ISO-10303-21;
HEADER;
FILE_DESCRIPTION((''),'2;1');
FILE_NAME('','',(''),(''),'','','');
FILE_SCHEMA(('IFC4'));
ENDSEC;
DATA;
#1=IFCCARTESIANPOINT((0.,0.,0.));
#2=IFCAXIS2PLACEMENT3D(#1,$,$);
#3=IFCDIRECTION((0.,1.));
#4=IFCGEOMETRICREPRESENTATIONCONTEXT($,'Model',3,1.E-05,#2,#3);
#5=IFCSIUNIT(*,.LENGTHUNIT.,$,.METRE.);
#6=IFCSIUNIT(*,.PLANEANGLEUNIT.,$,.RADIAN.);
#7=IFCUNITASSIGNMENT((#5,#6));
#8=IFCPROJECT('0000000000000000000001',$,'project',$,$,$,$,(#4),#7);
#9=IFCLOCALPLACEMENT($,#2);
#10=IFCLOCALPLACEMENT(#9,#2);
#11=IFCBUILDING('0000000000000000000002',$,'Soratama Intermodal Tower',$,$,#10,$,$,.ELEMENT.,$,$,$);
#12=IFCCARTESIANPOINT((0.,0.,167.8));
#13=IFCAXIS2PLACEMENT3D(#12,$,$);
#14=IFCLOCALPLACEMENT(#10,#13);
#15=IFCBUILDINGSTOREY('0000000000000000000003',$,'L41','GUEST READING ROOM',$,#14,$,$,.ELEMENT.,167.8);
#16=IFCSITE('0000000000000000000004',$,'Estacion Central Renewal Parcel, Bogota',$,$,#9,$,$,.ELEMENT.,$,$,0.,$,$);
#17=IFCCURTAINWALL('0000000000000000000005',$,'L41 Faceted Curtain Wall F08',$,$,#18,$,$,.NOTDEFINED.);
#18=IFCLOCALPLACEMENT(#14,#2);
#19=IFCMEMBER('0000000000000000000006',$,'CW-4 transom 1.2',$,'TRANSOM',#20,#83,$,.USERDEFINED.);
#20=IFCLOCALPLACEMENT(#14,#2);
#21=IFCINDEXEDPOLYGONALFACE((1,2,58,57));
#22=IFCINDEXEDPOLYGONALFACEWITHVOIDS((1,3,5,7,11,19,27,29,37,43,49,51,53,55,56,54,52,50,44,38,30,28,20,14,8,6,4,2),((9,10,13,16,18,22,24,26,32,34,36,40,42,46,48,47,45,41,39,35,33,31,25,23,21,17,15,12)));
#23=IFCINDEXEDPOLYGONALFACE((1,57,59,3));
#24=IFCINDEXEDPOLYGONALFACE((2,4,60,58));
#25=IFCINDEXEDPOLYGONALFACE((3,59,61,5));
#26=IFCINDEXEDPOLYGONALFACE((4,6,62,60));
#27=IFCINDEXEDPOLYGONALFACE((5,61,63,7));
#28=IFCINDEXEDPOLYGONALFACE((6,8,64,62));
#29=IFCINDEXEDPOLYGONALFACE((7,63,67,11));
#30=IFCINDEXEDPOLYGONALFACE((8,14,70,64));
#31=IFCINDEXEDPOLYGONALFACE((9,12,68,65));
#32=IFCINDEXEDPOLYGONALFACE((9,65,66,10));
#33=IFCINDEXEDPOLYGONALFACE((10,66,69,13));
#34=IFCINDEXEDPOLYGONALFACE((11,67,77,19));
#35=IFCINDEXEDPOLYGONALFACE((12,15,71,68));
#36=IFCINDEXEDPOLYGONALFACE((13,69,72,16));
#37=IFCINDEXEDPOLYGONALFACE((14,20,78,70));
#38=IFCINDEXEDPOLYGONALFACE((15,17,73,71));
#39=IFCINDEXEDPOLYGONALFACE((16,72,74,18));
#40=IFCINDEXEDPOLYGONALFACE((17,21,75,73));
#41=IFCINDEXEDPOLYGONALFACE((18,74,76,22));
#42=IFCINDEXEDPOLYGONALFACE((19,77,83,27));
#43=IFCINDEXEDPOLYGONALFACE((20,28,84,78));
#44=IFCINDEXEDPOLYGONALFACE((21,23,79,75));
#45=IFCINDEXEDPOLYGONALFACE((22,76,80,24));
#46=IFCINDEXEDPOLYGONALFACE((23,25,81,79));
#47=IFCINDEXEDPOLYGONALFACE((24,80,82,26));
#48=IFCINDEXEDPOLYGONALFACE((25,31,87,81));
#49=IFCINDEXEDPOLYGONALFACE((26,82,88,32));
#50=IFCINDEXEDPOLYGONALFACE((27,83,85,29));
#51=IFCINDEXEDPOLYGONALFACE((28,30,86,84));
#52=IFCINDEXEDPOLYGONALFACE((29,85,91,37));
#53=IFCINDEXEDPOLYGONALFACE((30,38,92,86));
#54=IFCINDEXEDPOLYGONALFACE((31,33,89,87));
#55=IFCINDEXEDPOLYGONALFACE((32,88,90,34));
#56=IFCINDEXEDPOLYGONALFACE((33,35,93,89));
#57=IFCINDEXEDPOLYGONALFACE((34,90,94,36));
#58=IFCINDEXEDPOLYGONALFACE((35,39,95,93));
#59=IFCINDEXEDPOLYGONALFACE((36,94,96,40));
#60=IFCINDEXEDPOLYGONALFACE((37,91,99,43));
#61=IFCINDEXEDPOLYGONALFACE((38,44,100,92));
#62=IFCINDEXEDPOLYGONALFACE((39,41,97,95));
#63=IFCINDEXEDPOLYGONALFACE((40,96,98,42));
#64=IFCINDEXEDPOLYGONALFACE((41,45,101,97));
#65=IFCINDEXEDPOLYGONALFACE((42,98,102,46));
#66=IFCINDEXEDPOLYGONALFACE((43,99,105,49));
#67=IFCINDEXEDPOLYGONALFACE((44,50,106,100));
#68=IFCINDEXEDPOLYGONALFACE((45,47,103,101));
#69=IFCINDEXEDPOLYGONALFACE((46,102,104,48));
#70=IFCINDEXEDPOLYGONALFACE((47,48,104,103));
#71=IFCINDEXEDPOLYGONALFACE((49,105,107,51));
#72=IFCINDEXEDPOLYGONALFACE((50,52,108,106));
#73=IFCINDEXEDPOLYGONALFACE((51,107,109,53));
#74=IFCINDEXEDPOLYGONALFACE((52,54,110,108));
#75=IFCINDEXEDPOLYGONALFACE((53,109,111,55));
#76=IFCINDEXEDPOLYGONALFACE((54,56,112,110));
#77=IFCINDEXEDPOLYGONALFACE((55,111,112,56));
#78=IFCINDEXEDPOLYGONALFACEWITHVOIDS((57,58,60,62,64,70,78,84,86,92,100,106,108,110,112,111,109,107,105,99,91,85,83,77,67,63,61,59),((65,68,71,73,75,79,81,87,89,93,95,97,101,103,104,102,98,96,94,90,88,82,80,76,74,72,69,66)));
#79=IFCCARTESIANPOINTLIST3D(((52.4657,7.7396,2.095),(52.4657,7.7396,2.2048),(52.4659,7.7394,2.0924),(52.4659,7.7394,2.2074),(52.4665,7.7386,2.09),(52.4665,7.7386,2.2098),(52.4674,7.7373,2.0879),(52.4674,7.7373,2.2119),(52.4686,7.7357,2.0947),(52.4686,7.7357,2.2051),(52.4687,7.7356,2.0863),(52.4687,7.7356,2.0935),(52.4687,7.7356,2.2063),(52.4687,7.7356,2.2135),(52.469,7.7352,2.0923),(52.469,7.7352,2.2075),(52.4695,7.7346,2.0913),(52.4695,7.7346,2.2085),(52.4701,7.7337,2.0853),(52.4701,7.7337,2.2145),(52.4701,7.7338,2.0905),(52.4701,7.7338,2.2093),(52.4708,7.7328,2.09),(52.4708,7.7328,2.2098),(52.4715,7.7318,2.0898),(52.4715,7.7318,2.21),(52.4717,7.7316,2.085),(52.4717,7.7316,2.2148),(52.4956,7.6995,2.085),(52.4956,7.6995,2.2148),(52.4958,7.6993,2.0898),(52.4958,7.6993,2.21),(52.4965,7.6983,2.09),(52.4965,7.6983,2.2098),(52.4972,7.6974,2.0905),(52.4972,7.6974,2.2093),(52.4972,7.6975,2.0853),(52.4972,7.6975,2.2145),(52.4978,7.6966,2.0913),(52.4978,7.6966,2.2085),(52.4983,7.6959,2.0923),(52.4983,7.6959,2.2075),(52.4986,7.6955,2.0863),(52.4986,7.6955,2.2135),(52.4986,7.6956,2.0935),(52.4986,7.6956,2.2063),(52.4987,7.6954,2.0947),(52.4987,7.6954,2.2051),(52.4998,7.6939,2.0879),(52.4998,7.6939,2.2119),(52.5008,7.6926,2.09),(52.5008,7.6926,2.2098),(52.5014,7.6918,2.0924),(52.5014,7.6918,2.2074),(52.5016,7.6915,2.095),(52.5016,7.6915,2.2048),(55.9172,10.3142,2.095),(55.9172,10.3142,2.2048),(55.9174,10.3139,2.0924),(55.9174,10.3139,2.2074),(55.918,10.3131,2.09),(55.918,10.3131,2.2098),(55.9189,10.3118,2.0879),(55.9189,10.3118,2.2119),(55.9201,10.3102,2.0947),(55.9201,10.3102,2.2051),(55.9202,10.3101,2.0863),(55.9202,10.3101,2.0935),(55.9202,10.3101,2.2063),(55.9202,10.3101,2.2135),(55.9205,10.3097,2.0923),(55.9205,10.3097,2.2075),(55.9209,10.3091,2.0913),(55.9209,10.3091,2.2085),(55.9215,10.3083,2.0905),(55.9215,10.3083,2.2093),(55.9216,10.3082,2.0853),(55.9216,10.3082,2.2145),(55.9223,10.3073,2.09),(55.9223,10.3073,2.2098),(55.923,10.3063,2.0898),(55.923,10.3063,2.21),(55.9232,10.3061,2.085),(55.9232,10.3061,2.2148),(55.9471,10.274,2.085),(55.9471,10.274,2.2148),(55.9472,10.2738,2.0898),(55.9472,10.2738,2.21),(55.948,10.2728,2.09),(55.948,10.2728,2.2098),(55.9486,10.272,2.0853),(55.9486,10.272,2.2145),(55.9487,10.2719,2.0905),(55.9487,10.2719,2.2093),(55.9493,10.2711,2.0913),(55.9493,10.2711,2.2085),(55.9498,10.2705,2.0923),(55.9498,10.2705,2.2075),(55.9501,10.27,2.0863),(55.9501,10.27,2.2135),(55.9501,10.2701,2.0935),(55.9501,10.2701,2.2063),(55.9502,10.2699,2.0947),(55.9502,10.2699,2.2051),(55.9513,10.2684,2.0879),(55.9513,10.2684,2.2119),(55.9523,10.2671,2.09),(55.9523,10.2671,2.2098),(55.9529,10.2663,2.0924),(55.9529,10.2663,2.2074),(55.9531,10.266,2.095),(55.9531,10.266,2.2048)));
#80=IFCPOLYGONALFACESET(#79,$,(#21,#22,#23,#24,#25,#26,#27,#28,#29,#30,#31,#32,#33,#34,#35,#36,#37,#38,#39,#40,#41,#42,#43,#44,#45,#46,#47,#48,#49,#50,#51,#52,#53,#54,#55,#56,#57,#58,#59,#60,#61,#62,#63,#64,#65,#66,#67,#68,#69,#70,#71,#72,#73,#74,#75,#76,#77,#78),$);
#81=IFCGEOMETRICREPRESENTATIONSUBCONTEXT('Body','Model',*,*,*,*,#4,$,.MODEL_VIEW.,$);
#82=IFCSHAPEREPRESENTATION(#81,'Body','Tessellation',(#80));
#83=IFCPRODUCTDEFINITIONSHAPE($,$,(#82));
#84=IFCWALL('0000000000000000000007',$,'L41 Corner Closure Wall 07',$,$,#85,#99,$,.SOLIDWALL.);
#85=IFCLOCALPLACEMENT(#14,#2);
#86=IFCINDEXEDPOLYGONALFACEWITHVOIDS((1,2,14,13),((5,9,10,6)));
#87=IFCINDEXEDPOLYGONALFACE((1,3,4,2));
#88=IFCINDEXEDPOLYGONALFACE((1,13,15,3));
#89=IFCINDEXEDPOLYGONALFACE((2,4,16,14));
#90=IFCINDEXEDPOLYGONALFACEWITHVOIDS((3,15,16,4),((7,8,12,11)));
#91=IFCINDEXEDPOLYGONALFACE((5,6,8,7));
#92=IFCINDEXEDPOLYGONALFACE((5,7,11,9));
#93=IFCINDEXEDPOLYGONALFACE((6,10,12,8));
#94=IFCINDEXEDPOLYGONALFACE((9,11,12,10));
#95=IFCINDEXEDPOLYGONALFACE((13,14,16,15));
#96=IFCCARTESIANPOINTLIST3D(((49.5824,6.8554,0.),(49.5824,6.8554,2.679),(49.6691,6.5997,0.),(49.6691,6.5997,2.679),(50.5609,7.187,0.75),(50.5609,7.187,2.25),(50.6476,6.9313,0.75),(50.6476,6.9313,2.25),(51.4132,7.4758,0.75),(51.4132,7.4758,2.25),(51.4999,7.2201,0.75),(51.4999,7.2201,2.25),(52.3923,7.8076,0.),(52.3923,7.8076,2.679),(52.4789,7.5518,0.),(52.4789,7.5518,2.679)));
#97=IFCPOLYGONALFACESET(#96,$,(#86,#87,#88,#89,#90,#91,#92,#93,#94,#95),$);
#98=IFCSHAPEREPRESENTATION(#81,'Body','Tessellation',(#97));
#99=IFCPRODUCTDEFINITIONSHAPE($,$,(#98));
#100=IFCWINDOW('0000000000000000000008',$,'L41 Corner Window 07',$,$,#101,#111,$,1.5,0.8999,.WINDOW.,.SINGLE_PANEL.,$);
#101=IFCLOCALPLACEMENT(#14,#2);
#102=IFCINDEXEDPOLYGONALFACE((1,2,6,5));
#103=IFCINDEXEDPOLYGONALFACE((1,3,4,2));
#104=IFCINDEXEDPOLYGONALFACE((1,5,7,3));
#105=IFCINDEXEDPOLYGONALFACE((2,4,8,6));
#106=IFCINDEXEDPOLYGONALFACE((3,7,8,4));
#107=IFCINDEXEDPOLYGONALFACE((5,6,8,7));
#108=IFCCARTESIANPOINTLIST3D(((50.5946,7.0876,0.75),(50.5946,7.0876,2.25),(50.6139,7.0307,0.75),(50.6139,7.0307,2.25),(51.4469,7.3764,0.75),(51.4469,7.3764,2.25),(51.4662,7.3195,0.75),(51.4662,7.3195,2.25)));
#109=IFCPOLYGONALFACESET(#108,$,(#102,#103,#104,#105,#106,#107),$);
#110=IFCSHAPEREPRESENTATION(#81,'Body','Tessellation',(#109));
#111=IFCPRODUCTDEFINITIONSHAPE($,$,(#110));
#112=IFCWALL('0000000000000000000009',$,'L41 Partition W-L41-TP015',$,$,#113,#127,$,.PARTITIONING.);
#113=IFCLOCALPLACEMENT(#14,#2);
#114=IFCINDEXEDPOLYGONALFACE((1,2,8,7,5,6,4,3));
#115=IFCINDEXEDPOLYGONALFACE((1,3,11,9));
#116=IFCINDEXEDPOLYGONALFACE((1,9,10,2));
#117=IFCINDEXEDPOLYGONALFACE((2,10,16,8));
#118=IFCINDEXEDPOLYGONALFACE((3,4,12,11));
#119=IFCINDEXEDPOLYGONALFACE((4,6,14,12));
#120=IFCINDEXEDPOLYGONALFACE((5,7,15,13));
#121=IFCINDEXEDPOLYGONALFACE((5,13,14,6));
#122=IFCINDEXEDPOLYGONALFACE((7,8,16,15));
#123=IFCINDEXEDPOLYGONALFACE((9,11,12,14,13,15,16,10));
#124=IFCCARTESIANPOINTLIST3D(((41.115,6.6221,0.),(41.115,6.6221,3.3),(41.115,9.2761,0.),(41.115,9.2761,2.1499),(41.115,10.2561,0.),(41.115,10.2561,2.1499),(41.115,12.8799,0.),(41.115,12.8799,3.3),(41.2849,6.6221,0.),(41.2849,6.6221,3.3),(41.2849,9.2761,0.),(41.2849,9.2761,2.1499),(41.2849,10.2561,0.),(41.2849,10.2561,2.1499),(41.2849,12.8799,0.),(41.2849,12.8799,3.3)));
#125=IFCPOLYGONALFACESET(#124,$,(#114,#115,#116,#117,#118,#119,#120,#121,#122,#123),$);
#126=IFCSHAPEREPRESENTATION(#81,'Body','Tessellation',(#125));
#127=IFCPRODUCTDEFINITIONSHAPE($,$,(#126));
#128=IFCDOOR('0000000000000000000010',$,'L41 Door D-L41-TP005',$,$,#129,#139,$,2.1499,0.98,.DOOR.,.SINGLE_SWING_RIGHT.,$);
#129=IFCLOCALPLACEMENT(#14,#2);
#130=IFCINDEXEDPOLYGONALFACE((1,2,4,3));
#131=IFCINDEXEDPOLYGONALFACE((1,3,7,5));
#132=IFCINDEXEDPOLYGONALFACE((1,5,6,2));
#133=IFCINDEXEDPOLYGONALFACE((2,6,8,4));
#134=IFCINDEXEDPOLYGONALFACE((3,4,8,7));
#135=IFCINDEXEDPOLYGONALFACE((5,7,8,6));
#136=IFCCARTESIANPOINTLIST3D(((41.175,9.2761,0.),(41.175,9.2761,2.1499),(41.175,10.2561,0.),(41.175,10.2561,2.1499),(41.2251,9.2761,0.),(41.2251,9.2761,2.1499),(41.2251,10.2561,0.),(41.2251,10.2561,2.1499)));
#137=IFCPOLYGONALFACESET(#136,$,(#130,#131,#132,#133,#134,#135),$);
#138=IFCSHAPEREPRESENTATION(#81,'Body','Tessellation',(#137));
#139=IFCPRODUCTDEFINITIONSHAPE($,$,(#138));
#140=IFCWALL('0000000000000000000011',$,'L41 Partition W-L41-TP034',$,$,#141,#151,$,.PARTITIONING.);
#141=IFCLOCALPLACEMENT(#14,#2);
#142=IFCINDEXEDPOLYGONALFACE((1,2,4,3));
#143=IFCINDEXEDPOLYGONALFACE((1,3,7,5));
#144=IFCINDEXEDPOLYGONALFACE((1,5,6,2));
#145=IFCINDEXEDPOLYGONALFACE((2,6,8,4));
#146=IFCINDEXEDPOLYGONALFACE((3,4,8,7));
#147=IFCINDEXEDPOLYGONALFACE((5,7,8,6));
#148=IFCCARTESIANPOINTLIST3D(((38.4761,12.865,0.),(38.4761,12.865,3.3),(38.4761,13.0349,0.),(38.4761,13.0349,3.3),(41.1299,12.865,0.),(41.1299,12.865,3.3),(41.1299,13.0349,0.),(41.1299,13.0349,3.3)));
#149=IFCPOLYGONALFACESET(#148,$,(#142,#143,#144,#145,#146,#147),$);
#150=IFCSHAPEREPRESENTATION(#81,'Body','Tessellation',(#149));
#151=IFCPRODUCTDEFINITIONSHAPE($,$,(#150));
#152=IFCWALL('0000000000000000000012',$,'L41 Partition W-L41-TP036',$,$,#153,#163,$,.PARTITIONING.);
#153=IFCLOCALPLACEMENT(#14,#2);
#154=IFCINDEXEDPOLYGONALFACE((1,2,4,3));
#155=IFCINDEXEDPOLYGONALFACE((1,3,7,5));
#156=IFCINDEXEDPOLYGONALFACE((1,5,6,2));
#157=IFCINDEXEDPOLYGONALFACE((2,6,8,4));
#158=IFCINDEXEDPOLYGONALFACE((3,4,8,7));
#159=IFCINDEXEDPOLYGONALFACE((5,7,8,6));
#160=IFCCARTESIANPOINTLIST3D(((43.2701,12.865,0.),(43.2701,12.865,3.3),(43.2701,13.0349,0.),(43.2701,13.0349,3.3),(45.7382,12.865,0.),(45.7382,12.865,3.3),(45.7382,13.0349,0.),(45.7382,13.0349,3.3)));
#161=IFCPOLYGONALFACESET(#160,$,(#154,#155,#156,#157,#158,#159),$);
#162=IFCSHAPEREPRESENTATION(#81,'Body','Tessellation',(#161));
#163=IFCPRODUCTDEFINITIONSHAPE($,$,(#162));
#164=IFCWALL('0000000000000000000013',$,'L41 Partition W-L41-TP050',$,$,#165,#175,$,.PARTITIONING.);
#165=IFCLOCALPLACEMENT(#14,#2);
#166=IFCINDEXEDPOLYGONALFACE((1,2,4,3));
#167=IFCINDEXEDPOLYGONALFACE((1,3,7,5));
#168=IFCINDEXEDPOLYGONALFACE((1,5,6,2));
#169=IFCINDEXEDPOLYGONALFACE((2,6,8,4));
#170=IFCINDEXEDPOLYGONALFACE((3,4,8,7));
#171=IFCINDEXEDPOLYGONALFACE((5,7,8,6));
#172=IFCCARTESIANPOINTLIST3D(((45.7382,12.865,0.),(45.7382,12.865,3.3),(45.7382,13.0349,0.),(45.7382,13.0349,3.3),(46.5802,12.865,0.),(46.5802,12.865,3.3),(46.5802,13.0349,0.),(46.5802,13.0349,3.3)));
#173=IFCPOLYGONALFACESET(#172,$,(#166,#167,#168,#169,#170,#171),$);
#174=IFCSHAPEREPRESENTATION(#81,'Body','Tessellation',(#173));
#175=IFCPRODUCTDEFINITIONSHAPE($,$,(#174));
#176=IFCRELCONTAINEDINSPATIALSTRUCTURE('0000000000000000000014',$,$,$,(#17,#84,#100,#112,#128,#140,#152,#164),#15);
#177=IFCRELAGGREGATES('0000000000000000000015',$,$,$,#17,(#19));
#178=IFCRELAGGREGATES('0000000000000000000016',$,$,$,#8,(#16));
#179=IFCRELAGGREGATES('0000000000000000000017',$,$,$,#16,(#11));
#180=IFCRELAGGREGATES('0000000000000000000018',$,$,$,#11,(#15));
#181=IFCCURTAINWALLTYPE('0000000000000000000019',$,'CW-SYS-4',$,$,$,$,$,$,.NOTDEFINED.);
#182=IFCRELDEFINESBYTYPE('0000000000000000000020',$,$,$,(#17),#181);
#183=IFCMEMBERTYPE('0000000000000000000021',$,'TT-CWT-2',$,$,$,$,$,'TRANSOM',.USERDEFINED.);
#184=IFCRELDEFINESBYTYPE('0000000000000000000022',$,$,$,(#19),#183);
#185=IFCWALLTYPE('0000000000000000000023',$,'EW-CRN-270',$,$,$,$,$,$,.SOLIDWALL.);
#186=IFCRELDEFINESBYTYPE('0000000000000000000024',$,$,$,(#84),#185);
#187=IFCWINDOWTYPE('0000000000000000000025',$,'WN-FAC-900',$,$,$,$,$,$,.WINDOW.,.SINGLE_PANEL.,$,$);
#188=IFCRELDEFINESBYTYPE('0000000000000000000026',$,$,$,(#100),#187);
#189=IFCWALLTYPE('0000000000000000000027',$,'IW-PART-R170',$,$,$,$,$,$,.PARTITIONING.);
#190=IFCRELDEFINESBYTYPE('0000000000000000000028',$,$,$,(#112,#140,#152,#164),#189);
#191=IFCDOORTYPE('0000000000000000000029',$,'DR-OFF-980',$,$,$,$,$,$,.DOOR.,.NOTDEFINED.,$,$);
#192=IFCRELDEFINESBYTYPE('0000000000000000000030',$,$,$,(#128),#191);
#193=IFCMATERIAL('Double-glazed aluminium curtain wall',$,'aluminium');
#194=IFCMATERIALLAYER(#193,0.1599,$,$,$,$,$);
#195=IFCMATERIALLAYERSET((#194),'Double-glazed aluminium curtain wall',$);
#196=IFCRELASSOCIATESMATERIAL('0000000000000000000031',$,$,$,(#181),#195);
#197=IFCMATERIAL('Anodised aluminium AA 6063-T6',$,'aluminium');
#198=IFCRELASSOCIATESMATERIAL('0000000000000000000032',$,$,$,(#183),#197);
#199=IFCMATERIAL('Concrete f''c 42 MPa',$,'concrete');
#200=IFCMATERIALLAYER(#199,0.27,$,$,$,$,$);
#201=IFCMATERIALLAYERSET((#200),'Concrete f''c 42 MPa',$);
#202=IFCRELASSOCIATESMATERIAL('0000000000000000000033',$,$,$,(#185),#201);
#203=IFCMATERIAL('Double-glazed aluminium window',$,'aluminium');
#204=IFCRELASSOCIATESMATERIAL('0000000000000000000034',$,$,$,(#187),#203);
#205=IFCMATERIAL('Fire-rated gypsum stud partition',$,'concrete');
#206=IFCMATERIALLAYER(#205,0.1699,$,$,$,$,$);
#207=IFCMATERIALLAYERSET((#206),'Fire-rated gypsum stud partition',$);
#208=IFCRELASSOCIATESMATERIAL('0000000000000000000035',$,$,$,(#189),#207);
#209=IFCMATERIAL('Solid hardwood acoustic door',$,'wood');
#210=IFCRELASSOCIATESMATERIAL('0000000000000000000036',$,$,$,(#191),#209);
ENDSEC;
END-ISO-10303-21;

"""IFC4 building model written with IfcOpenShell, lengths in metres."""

from ifc_helpers import new_model, si_unit, direction, frame, frame_2d, origin, origin_2d, place, context, subcontext, project, spatial, rectangle, hollow_rectangle, extrude, material, layer, layer_set, material_profile, profile_set, type_object, element, fill, aggregate, save


model = new_model("IFC4")

# Units and contexts
model_context = context("Model", 3, precision=1e-05, world=origin(), true_north=direction((0.0, 1.0)))
body_context = subcontext(model_context, "Body", "Model", "MODEL_VIEW")
ifc_project = project(units=[si_unit("LENGTHUNIT", "METRE"), si_unit("PLANEANGLEUNIT", "RADIAN")], contexts=[model_context])

# Site, building, storey
site_placement = place(None, origin())
site = spatial("IfcSite", under=ifc_project, at=site_placement, Name="Estacion Central Renewal Parcel, Bogota", CompositionType="ELEMENT", RefElevation=0.0)
building_placement = place(site_placement, origin())
building = spatial("IfcBuilding", under=site, at=building_placement, Name="Soratama Intermodal Tower", CompositionType="ELEMENT")
storey_placement = place(building_placement, frame((0.0, 0.0, 167.8)))
storey = spatial("IfcBuildingStorey", under=building, at=storey_placement, Name="L41", Description="GUEST READING ROOM", CompositionType="ELEMENT", Elevation=167.8)

# Curtain wall, member
ifc_material_1 = material(Name="Double-glazed aluminium curtain wall", Category="aluminium")
ifc_layer_1 = layer(ifc_material_1, 0.1599)
ifc_layer_set_1 = layer_set([ifc_layer_1], Name="Double-glazed aluminium curtain wall")
curtain_wall_type = type_object("IfcCurtainWallType", Name="CW-SYS-4", PredefinedType="NOTDEFINED", material=ifc_layer_set_1)
curtain_wall_placement = place(storey_placement, origin())
curtain_wall = element("IfcCurtainWall", 1, at=curtain_wall_placement, inside=storey, type_object=curtain_wall_type, Name="L41 Faceted Curtain Wall F08", PredefinedType="NOTDEFINED")
ifc_material_2 = material(Name="Anodised aluminium AA 6063-T6", Category="aluminium")
ifc_material_profile_1 = material_profile(ifc_material_2, hollow_rectangle(XDim=0.0601, YDim=0.1299, WallThickness=0.0049, InnerFilletRadius=0.0049, OuterFilletRadius=0.01, at=origin_2d()), Name="CWT130X60X5")
ifc_profile_set_1 = profile_set([ifc_material_profile_1], Name="Anodised aluminium AA 6063-T6")
member_type_1 = type_object("IfcMemberType", Name="TT-CWT-2", ElementType="TRANSOM", PredefinedType="USERDEFINED", material=ifc_profile_set_1)
member_1_placement = place(storey_placement, frame((52.4836, 7.7156, 2.1499), z_axis=(0.801569, 0.597902, 0.0), x_axis=(-0.597902, 0.801569, 0.0)))
member_1 = element("IfcMember", 2, at=member_1_placement, type_object=member_type_1, Name="CW-4 transom 1.2", ObjectType="TRANSOM", PredefinedType="USERDEFINED", context=body_context, shape_type="SweptSolid", body=[
    extrude(hollow_rectangle(XDim=0.0601, YDim=0.1299, WallThickness=0.0049, InnerFilletRadius=0.0049, OuterFilletRadius=0.01, at=origin_2d()), origin(), (0.0, 0.0, 1.0), 4.3059),
])
aggregate(curtain_wall, [member_1])

# Wall, opening, window
ifc_material_3 = material(Name="Concrete f'c 42 MPa", Category="concrete")
ifc_layer_2 = layer(ifc_material_3, 0.27)
ifc_layer_set_2 = layer_set([ifc_layer_2], Name="Concrete f'c 42 MPa")
wall_type_1 = type_object("IfcWallType", Name="EW-CRN-270", PredefinedType="SOLIDWALL", material=ifc_layer_set_2)
wall_1_placement = place(storey_placement, frame((49.6257, 6.7275, 0.0), z_axis=(0.0, 0.0, 1.0), x_axis=(0.9471, 0.320939, 0.0)))
wall_1 = element("IfcWall", 3, at=wall_1_placement, inside=storey, type_object=wall_type_1, Name="L41 Corner Closure Wall 07", PredefinedType="SOLIDWALL", context=body_context, shape_type="SweptSolid", body=[
    extrude(rectangle(XDim=2.9668, YDim=0.27, at=frame_2d((1.4834, 0.0))), origin(), (0.0, 0.0, 1.0), 2.679),
])
opening_1_placement = place(wall_1_placement, frame((1.0332, 0.0, 0.75)))
opening_1 = element("IfcOpeningElement", 4, at=opening_1_placement, cuts=wall_1, PredefinedType="OPENING", context=body_context, shape_type="SweptSolid", body=[
    extrude(rectangle(XDim=0.8999, YDim=1.5, at=frame_2d((0.45, 0.75))), frame((0.0, 0.145, 0.0), z_axis=(0.0, -1.0, 0.0), x_axis=(1.0, 0.0, 0.0)), (0.0, 0.0, 1.0), 0.29),
])
ifc_material_4 = material(Name="Double-glazed aluminium window", Category="aluminium")
window_type = type_object("IfcWindowType", Name="WN-FAC-900", PartitioningType="SINGLE_PANEL", PredefinedType="WINDOW", material=ifc_material_4)
window_placement = place(opening_1_placement, origin())
window = element("IfcWindow", 5, at=window_placement, inside=storey, type_object=window_type, Name="L41 Corner Window 07", OverallHeight=1.5, OverallWidth=0.8999, PartitioningType="SINGLE_PANEL", PredefinedType="WINDOW", context=body_context, shape_type="SweptSolid", body=[
    extrude(rectangle(XDim=0.8999, YDim=1.5, at=frame_2d((0.45, 0.75))), frame((0.0, 0.03, 0.0), z_axis=(0.0, -1.0, 0.0), x_axis=(1.0, 0.0, 0.0)), (0.0, 0.0, 1.0), 0.0601),
])
fill(opening_1, window)

# Wall, opening, door
ifc_material_5 = material(Name="Fire-rated gypsum stud partition", Category="concrete")
ifc_layer_3 = layer(ifc_material_5, 0.1699)
ifc_layer_set_3 = layer_set([ifc_layer_3], Name="Fire-rated gypsum stud partition")
wall_type_2 = type_object("IfcWallType", Name="IW-PART-R170", PredefinedType="PARTITIONING", material=ifc_layer_set_3)
wall_2_placement = place(storey_placement, frame((41.2, 6.6221, 0.0), z_axis=(0.0, 0.0, 1.0), x_axis=(0.0, 1.0, 0.0)))
wall_2 = element("IfcWall", 6, at=wall_2_placement, inside=storey, type_object=wall_type_2, Name="L41 Partition W-L41-TP015", PredefinedType="PARTITIONING", context=body_context, shape_type="SweptSolid", body=[
    extrude(rectangle(XDim=6.2578, YDim=0.1699, at=frame_2d((3.1289, 0.0))), origin(), (0.0, 0.0, 1.0), 3.3),
])
opening_2_placement = place(wall_2_placement, frame((2.6541, 0.0, 0.0)))
opening_2 = element("IfcOpeningElement", 7, at=opening_2_placement, cuts=wall_2, PredefinedType="OPENING", context=body_context, shape_type="SweptSolid", body=[
    extrude(rectangle(XDim=0.98, YDim=2.1499, at=frame_2d((0.49, 1.075))), frame((0.0, 0.095, 0.0), z_axis=(0.0, -1.0, 0.0), x_axis=(1.0, 0.0, 0.0)), (0.0, 0.0, 1.0), 0.1899),
])
ifc_material_6 = material(Name="Solid hardwood acoustic door", Category="wood")
door_type = type_object("IfcDoorType", Name="DR-OFF-980", OperationType="NOTDEFINED", PredefinedType="DOOR", material=ifc_material_6)
door_1_placement = place(opening_2_placement, origin())
door_1 = element("IfcDoor", 8, at=door_1_placement, inside=storey, type_object=door_type, Name="L41 Door D-L41-TP005", OperationType="SINGLE_SWING_RIGHT", OverallHeight=2.1499, OverallWidth=0.98, PredefinedType="DOOR", context=body_context, shape_type="SweptSolid", body=[
    extrude(rectangle(XDim=0.98, YDim=2.1499, at=frame_2d((0.49, 1.075))), frame((0.0, 0.0249, 0.0), z_axis=(0.0, -1.0, 0.0), x_axis=(1.0, 0.0, 0.0)), (0.0, 0.0, 1.0), 0.05),
])
fill(opening_2, door_1)

# Walls
wall_3_placement = place(storey_placement, frame((41.1299, 12.95, 0.0), z_axis=(0.0, 0.0, 1.0), x_axis=(-1.0, 0.0, 0.0)))
element("IfcWall", 9, at=wall_3_placement, inside=storey, type_object=wall_type_2, Name="L41 Partition W-L41-TP034", PredefinedType="PARTITIONING", context=body_context, shape_type="SweptSolid", body=[
    extrude(rectangle(XDim=2.6538, YDim=0.1699, at=frame_2d((1.3269, 0.0))), origin(), (0.0, 0.0, 1.0), 3.3),
])
wall_4_placement = place(storey_placement, frame((45.738, 12.95, 0.0), z_axis=(0.0, 0.0, 1.0), x_axis=(-1.0, 0.0, 0.0)))
element("IfcWall", 10, at=wall_4_placement, inside=storey, type_object=wall_type_2, Name="L41 Partition W-L41-TP036", PredefinedType="PARTITIONING", context=body_context, shape_type="SweptSolid", body=[
    extrude(rectangle(XDim=2.468, YDim=0.1699, at=frame_2d((1.2339, 0.0))), origin(), (0.0, 0.0, 1.0), 3.3),
])
wall_5_placement = place(storey_placement, frame((46.5801, 12.95, 0.0), z_axis=(0.0, 0.0, 1.0), x_axis=(-1.0, 0.0, 0.0)))
element("IfcWall", 11, at=wall_5_placement, inside=storey, type_object=wall_type_2, Name="L41 Partition W-L41-TP050", PredefinedType="PARTITIONING", context=body_context, shape_type="SweptSolid", body=[
    extrude(rectangle(XDim=0.842, YDim=0.1699, at=frame_2d((0.4209, 0.0))), origin(), (0.0, 0.0, 1.0), 3.3),
])

save(model, "model.ifc")
